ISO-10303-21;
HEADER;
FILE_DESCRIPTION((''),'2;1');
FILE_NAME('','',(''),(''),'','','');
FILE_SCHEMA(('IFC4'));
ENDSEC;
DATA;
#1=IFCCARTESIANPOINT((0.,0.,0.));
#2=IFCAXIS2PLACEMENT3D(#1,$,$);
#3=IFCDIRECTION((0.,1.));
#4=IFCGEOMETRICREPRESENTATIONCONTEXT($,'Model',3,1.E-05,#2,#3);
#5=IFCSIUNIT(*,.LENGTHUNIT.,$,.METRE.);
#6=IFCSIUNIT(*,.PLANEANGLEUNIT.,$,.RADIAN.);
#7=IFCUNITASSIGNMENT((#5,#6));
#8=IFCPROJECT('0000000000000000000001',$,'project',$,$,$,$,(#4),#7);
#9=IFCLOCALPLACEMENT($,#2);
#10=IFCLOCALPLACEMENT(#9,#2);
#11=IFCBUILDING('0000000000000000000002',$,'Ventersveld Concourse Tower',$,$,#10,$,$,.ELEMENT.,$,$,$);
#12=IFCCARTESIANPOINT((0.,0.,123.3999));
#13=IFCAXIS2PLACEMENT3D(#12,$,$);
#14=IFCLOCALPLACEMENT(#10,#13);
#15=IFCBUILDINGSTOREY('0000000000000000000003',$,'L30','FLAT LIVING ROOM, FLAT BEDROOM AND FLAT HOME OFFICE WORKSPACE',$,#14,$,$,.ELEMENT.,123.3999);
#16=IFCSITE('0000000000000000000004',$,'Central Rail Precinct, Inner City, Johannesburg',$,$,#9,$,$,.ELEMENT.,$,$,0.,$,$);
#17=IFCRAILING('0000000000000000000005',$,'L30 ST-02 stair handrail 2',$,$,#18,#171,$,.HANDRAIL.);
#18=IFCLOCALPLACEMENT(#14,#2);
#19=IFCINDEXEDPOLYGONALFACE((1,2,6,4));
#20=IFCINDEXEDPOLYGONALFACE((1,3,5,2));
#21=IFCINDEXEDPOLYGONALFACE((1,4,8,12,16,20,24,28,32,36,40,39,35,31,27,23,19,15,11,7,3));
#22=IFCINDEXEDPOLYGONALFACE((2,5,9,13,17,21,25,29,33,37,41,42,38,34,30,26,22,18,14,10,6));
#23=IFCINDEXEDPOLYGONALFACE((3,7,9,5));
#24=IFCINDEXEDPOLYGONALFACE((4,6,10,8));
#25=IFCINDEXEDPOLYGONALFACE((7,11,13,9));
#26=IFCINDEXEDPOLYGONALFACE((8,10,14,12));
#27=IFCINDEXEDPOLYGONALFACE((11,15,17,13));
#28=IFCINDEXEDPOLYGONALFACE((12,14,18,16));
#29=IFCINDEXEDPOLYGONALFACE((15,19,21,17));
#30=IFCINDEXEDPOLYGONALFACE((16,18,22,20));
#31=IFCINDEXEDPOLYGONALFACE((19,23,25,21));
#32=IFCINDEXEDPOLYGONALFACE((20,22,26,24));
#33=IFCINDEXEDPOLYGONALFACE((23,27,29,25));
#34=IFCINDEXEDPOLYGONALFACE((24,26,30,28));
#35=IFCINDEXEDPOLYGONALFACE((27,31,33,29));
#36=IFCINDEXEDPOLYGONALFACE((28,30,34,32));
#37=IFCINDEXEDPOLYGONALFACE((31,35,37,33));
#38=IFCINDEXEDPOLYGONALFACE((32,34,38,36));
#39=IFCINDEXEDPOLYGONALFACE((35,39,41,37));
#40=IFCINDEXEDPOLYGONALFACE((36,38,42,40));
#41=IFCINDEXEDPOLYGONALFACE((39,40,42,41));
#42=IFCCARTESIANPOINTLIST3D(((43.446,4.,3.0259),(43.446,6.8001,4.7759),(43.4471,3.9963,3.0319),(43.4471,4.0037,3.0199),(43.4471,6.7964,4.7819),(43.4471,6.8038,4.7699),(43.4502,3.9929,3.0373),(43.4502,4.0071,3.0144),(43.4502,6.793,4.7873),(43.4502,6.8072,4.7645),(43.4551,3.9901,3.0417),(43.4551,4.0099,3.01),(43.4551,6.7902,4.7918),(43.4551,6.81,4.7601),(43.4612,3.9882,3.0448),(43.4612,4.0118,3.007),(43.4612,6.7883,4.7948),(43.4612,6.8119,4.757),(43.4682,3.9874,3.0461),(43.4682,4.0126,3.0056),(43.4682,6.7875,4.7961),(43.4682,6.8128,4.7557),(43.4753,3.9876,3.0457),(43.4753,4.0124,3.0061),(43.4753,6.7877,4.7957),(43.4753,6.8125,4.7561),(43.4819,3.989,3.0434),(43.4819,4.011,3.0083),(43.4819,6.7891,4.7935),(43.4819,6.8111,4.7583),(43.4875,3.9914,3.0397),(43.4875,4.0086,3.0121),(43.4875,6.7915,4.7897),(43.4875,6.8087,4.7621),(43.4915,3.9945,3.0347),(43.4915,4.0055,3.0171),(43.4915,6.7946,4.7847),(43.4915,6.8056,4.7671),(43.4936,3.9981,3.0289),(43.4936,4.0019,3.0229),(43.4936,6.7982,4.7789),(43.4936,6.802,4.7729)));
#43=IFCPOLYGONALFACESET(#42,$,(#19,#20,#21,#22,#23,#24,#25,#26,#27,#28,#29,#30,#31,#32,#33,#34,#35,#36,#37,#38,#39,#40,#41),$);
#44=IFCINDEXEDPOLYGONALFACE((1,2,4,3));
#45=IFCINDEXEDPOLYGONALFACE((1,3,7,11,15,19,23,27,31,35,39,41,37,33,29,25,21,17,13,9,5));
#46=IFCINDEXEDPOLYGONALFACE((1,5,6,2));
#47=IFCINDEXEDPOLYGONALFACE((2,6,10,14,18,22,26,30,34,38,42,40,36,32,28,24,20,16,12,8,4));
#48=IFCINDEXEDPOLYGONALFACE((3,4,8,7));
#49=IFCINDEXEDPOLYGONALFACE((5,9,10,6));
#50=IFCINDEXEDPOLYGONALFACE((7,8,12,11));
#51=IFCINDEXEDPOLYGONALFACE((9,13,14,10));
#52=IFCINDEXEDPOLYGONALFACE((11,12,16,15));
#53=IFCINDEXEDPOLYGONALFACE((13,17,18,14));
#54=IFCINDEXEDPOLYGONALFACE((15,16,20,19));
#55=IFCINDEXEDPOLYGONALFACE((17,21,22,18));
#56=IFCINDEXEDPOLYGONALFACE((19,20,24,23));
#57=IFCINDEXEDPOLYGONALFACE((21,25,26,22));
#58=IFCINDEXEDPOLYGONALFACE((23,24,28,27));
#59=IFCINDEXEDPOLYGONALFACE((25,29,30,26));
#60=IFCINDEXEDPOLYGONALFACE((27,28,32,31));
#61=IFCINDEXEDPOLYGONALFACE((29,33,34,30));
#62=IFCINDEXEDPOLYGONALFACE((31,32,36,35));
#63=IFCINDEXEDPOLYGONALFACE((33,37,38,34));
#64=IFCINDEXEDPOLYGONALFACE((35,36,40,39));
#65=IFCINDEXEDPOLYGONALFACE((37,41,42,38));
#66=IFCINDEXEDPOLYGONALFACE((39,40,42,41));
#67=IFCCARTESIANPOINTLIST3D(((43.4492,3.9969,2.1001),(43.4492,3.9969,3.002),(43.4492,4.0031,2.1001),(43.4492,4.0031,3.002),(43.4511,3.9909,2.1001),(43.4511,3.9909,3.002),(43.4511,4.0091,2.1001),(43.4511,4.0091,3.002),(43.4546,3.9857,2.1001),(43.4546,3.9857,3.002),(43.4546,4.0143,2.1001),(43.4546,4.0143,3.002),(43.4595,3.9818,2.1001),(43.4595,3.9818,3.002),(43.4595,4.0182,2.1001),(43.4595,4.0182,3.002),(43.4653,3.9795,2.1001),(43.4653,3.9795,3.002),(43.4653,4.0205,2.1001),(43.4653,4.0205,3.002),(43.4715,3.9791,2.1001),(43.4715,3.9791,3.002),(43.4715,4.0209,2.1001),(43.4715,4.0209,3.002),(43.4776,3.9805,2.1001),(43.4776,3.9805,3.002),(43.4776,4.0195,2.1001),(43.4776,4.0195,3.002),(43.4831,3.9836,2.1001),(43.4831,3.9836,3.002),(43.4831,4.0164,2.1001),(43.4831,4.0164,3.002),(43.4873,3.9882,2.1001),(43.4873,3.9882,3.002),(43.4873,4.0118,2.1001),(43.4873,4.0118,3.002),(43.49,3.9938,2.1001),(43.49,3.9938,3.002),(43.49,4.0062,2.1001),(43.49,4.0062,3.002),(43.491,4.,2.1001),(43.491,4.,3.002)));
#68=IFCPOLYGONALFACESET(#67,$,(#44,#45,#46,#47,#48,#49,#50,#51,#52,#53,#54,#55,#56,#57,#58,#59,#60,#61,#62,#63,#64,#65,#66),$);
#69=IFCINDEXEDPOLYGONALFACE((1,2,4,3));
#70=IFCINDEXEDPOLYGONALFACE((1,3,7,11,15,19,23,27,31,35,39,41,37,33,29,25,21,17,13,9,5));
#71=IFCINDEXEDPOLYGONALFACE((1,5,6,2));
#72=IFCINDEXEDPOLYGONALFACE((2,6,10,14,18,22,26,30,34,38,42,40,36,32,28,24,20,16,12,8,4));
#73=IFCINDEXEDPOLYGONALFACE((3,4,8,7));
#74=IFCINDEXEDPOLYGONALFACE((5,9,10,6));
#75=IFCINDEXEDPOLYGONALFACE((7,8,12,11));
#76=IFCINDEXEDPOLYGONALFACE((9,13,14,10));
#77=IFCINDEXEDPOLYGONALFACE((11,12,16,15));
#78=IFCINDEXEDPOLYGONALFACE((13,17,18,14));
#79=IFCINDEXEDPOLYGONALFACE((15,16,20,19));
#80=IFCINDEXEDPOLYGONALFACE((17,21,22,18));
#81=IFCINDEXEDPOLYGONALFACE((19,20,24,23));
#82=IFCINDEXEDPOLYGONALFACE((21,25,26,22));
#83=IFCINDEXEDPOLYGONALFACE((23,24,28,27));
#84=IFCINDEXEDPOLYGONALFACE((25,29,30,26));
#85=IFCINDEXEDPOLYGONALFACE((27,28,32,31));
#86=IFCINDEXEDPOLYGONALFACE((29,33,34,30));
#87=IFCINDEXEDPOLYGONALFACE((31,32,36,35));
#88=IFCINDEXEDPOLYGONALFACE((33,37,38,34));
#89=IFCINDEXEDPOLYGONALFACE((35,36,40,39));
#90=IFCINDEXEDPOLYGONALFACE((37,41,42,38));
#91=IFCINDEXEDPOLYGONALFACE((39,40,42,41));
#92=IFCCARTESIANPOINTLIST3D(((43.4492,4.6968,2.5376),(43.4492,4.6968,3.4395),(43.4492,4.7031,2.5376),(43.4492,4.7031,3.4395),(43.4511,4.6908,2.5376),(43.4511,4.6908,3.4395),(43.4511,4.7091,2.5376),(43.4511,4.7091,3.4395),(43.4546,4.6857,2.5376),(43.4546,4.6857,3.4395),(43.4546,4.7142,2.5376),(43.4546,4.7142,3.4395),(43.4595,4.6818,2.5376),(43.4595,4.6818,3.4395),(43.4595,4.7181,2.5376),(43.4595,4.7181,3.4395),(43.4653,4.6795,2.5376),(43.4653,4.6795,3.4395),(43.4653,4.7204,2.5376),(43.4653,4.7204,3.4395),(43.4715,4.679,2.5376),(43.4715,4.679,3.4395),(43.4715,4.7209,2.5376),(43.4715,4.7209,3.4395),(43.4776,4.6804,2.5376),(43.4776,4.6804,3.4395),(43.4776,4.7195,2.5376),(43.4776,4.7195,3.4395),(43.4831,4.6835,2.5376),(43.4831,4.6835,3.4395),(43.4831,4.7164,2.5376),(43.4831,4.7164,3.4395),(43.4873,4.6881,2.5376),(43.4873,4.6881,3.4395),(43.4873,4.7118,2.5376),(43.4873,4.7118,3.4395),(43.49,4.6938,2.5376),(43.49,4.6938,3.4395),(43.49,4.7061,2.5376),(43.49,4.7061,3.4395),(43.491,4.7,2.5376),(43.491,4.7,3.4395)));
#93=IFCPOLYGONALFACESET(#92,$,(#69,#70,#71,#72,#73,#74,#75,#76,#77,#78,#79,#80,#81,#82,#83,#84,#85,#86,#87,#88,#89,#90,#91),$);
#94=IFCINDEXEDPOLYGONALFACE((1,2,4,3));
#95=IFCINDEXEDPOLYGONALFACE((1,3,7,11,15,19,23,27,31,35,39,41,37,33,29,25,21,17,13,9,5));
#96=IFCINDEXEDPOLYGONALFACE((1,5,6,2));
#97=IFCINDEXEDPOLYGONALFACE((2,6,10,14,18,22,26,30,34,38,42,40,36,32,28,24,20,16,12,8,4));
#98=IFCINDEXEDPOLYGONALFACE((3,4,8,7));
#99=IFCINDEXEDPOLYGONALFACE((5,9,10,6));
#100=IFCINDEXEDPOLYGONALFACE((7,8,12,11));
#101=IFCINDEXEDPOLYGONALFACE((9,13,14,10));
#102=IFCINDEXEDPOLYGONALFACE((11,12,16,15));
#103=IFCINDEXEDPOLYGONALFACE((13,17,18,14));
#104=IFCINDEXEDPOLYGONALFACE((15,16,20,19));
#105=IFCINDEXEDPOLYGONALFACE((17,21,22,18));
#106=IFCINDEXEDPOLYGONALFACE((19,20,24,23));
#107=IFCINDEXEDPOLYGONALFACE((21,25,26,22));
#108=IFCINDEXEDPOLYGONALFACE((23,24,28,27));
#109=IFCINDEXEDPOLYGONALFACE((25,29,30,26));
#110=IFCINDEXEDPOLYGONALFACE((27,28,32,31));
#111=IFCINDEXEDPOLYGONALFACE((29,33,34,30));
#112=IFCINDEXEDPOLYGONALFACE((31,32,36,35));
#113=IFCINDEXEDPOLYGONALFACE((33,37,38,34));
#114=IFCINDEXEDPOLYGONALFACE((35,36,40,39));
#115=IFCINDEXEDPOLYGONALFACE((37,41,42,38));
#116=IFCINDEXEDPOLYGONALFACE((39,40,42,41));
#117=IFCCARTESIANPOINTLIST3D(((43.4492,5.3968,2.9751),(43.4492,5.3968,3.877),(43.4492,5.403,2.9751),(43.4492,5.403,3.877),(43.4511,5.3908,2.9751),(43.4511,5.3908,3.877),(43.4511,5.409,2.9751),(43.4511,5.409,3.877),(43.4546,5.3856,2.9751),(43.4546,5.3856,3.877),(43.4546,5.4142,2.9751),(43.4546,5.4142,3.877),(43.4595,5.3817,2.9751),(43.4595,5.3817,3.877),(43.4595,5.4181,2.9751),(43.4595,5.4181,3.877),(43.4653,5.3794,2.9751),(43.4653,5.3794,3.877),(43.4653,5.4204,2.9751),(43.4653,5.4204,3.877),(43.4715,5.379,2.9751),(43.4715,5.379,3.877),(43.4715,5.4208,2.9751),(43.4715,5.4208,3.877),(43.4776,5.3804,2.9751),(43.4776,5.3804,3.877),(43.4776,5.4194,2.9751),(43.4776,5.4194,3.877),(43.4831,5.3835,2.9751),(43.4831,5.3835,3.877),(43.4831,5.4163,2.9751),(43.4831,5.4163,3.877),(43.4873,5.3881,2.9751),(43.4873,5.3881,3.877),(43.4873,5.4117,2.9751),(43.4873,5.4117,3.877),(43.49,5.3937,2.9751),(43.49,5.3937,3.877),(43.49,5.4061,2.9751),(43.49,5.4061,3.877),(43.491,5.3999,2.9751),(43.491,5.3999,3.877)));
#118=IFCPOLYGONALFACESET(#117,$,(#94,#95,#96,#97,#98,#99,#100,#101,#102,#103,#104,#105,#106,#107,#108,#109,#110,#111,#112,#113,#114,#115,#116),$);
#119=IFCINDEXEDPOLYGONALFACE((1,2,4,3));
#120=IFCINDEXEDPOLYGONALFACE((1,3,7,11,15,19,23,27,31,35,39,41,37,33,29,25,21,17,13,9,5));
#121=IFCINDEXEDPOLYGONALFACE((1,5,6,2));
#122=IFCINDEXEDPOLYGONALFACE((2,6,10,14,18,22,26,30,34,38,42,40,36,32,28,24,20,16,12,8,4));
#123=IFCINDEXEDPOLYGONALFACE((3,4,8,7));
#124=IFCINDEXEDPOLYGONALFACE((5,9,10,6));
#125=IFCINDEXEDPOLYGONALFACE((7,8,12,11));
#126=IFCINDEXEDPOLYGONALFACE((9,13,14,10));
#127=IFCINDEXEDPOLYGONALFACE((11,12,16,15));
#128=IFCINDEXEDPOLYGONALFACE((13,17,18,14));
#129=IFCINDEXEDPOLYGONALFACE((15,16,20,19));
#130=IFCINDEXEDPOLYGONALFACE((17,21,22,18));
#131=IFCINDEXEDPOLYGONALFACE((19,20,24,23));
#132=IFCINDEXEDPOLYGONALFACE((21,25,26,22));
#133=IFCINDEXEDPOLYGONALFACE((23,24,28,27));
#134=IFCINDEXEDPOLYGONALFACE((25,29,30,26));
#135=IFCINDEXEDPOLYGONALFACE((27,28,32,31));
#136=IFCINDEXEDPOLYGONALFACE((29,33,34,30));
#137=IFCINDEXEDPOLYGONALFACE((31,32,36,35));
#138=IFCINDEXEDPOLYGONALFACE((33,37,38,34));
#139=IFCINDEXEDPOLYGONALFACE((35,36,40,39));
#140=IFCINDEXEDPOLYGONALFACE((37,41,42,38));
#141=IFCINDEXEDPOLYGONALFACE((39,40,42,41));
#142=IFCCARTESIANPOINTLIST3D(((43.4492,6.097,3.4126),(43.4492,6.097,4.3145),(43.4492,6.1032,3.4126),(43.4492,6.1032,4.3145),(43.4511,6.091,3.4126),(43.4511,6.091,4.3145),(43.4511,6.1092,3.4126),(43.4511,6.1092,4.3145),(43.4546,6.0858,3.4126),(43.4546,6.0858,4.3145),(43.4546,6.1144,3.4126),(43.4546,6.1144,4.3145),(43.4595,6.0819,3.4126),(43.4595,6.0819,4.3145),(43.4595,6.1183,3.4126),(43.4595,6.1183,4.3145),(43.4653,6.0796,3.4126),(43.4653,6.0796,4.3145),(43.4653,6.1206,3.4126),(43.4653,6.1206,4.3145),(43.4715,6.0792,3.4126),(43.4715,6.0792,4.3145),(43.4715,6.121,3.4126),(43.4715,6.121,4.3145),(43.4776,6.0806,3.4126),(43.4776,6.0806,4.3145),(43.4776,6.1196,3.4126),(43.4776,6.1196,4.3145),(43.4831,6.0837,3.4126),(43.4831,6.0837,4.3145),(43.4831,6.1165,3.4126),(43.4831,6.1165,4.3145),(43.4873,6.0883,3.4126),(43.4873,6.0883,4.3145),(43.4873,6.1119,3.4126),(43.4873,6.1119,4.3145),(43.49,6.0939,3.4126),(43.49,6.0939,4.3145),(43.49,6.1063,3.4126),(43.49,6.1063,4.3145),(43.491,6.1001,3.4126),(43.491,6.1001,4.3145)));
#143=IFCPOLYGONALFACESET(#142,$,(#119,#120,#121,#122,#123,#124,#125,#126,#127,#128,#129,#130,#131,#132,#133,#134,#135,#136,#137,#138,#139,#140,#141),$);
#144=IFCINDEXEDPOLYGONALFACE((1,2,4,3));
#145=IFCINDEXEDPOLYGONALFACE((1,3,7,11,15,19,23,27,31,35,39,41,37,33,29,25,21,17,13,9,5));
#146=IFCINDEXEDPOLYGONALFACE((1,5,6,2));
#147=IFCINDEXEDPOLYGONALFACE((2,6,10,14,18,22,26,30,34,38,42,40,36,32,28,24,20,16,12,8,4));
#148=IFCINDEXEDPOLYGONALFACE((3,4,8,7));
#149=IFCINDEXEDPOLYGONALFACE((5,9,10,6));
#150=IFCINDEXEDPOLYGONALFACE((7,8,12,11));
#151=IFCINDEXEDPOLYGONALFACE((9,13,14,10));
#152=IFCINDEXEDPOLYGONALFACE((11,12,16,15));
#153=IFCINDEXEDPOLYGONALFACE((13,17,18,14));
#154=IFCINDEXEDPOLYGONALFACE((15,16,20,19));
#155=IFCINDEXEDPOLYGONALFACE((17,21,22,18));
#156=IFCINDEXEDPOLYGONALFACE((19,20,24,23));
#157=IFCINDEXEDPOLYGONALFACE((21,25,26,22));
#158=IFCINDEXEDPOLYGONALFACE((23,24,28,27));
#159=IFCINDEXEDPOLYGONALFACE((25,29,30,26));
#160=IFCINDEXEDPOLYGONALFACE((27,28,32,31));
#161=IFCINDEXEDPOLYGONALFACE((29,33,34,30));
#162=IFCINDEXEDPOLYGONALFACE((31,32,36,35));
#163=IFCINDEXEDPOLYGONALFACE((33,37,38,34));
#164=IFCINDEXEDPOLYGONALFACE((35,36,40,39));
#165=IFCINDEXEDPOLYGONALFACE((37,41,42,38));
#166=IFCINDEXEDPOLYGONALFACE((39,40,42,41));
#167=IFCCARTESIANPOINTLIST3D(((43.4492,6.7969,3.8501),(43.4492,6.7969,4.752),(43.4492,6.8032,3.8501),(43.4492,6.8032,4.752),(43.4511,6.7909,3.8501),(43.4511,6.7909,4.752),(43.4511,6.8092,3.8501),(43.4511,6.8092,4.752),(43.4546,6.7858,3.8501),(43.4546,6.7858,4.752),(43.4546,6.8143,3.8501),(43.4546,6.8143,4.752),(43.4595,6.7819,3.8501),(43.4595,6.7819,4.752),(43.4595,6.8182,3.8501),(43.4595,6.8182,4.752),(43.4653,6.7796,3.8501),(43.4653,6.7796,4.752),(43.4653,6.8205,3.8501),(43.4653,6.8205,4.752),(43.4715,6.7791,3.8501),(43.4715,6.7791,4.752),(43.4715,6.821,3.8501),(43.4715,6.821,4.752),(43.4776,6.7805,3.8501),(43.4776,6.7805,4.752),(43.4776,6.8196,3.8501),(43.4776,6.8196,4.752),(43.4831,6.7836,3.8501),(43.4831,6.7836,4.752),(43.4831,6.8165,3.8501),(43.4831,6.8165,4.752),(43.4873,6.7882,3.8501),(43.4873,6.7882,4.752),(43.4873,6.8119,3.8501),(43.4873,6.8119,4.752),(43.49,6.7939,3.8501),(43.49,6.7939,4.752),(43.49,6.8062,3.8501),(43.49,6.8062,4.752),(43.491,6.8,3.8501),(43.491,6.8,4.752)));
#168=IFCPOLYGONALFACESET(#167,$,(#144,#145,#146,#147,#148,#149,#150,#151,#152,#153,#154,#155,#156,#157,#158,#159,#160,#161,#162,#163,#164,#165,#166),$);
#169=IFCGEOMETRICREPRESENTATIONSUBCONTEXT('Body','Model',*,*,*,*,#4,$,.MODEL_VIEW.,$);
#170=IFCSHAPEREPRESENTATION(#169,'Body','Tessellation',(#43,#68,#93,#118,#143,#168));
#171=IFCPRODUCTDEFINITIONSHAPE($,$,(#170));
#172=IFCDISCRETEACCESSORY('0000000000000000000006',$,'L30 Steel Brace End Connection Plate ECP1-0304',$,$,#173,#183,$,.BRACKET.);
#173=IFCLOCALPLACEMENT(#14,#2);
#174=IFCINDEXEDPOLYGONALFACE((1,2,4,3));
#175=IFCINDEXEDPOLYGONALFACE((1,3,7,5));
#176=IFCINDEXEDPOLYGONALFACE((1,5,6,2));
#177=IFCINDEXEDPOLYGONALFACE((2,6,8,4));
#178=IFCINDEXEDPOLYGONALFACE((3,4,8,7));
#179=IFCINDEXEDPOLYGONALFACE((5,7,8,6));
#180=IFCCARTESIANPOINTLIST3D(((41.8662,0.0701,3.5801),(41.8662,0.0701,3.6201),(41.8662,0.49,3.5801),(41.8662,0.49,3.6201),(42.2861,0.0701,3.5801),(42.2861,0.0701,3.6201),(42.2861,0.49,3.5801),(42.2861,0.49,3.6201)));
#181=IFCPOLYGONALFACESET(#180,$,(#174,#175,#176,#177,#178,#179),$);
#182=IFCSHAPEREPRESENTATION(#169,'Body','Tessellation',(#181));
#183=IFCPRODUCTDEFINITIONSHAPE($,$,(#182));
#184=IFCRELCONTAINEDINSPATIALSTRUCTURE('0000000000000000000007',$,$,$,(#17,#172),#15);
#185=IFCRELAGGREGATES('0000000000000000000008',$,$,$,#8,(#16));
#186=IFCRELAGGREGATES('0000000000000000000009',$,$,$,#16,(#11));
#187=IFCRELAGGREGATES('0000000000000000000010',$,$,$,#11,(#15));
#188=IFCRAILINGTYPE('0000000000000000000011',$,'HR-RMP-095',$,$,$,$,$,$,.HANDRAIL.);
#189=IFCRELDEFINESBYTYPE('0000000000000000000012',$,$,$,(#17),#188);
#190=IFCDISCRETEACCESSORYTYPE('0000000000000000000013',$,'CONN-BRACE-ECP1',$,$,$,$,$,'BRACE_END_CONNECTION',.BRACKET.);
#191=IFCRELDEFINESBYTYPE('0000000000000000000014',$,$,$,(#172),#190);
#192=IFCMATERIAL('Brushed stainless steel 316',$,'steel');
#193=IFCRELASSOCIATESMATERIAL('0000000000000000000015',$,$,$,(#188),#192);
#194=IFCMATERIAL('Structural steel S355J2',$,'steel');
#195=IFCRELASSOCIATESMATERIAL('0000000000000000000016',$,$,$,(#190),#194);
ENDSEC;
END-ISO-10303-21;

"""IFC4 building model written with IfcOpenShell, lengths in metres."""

from ifc_helpers import new_model, si_unit, direction, frame, origin, origin_2d, place, context, subcontext, project, spatial, rectangle, circle, extrude, material, type_object, element, save


model = new_model("IFC4")

# Units and contexts
model_context = context("Model", 3, precision=1e-05, world=origin(), true_north=direction((0.0, 1.0)))
body_context = subcontext(model_context, "Body", "Model", "MODEL_VIEW")
ifc_project = project(units=[si_unit("LENGTHUNIT", "METRE"), si_unit("PLANEANGLEUNIT", "RADIAN")], contexts=[model_context])

# Site, building, storey
site_placement = place(None, origin())
site = spatial("IfcSite", under=ifc_project, at=site_placement, Name="Central Rail Precinct, Inner City, Johannesburg", CompositionType="ELEMENT", RefElevation=0.0)
building_placement = place(site_placement, origin())
building = spatial("IfcBuilding", under=site, at=building_placement, Name="Ventersveld Concourse Tower", CompositionType="ELEMENT")
storey_placement = place(building_placement, frame((0.0, 0.0, 123.3999)))
storey = spatial("IfcBuildingStorey", under=building, at=storey_placement, Name="L30", Description="FLAT LIVING ROOM, FLAT BEDROOM AND FLAT HOME OFFICE WORKSPACE", CompositionType="ELEMENT", Elevation=123.3999)

# Shared definitions
ifc_material_1 = material(Name="Brushed stainless steel 316", Category="steel")

# Railing
railing_type_1 = type_object("IfcRailingType", Name="HR-RMP-095", PredefinedType="HANDRAIL", material=ifc_material_1)
railing_1_placement = place(storey_placement, frame((43.47, 4.0, 2.1001)))
element("IfcRailing", 1, at=railing_1_placement, inside=storey, type_object=railing_type_1, Name="L30 ST-02 stair handrail 2", PredefinedType="HANDRAIL", context=body_context, shape_type="SweptSolid", body=[
    extrude(circle(Radius=0.0239, at=origin_2d()), frame((0.0, 0.0, 0.9258), z_axis=(0.0, 0.848002, 0.529992), x_axis=(-1.0, 0.0, 0.0)), (0.0, 0.0, 1.0), 3.302),
    extrude(circle(Radius=0.021, at=origin_2d()), origin(), (0.0, 0.0, 1.0), 0.9019),
    extrude(circle(Radius=0.021, at=origin_2d()), frame((0.0, 0.7, 0.4375)), (0.0, 0.0, 1.0), 0.9019),
    extrude(circle(Radius=0.021, at=origin_2d()), frame((0.0, 1.3999, 0.875)), (0.0, 0.0, 1.0), 0.9019),
    extrude(circle(Radius=0.021, at=origin_2d()), frame((0.0, 2.1001, 1.3125)), (0.0, 0.0, 1.0), 0.9019),
    extrude(circle(Radius=0.021, at=origin_2d()), frame((0.0, 2.8, 1.75)), (0.0, 0.0, 1.0), 0.9019),
])

# Discrete accessory
ifc_material_2 = material(Name="Structural steel S355J2", Category="steel")
discrete_accessory_type = type_object("IfcDiscreteAccessoryType", Name="CONN-BRACE-ECP1", ElementType="BRACE_END_CONNECTION", PredefinedType="BRACKET", material=ifc_material_2)
discrete_accessory_placement = place(storey_placement, frame((42.0762, 0.28, 3.5801), z_axis=(0.0, 0.0, 1.0), x_axis=(1.0, 0.0, 0.0)))
element("IfcDiscreteAccessory", 2, at=discrete_accessory_placement, inside=storey, type_object=discrete_accessory_type, Name="L30 Steel Brace End Connection Plate ECP1-0304", PredefinedType="BRACKET", context=body_context, shape_type="SweptSolid", body=[
    extrude(rectangle(XDim=0.4199, YDim=0.4199, at=origin_2d()), origin(), (0.0, 0.0, 1.0), 0.04),
])

save(model, "model.ifc")
